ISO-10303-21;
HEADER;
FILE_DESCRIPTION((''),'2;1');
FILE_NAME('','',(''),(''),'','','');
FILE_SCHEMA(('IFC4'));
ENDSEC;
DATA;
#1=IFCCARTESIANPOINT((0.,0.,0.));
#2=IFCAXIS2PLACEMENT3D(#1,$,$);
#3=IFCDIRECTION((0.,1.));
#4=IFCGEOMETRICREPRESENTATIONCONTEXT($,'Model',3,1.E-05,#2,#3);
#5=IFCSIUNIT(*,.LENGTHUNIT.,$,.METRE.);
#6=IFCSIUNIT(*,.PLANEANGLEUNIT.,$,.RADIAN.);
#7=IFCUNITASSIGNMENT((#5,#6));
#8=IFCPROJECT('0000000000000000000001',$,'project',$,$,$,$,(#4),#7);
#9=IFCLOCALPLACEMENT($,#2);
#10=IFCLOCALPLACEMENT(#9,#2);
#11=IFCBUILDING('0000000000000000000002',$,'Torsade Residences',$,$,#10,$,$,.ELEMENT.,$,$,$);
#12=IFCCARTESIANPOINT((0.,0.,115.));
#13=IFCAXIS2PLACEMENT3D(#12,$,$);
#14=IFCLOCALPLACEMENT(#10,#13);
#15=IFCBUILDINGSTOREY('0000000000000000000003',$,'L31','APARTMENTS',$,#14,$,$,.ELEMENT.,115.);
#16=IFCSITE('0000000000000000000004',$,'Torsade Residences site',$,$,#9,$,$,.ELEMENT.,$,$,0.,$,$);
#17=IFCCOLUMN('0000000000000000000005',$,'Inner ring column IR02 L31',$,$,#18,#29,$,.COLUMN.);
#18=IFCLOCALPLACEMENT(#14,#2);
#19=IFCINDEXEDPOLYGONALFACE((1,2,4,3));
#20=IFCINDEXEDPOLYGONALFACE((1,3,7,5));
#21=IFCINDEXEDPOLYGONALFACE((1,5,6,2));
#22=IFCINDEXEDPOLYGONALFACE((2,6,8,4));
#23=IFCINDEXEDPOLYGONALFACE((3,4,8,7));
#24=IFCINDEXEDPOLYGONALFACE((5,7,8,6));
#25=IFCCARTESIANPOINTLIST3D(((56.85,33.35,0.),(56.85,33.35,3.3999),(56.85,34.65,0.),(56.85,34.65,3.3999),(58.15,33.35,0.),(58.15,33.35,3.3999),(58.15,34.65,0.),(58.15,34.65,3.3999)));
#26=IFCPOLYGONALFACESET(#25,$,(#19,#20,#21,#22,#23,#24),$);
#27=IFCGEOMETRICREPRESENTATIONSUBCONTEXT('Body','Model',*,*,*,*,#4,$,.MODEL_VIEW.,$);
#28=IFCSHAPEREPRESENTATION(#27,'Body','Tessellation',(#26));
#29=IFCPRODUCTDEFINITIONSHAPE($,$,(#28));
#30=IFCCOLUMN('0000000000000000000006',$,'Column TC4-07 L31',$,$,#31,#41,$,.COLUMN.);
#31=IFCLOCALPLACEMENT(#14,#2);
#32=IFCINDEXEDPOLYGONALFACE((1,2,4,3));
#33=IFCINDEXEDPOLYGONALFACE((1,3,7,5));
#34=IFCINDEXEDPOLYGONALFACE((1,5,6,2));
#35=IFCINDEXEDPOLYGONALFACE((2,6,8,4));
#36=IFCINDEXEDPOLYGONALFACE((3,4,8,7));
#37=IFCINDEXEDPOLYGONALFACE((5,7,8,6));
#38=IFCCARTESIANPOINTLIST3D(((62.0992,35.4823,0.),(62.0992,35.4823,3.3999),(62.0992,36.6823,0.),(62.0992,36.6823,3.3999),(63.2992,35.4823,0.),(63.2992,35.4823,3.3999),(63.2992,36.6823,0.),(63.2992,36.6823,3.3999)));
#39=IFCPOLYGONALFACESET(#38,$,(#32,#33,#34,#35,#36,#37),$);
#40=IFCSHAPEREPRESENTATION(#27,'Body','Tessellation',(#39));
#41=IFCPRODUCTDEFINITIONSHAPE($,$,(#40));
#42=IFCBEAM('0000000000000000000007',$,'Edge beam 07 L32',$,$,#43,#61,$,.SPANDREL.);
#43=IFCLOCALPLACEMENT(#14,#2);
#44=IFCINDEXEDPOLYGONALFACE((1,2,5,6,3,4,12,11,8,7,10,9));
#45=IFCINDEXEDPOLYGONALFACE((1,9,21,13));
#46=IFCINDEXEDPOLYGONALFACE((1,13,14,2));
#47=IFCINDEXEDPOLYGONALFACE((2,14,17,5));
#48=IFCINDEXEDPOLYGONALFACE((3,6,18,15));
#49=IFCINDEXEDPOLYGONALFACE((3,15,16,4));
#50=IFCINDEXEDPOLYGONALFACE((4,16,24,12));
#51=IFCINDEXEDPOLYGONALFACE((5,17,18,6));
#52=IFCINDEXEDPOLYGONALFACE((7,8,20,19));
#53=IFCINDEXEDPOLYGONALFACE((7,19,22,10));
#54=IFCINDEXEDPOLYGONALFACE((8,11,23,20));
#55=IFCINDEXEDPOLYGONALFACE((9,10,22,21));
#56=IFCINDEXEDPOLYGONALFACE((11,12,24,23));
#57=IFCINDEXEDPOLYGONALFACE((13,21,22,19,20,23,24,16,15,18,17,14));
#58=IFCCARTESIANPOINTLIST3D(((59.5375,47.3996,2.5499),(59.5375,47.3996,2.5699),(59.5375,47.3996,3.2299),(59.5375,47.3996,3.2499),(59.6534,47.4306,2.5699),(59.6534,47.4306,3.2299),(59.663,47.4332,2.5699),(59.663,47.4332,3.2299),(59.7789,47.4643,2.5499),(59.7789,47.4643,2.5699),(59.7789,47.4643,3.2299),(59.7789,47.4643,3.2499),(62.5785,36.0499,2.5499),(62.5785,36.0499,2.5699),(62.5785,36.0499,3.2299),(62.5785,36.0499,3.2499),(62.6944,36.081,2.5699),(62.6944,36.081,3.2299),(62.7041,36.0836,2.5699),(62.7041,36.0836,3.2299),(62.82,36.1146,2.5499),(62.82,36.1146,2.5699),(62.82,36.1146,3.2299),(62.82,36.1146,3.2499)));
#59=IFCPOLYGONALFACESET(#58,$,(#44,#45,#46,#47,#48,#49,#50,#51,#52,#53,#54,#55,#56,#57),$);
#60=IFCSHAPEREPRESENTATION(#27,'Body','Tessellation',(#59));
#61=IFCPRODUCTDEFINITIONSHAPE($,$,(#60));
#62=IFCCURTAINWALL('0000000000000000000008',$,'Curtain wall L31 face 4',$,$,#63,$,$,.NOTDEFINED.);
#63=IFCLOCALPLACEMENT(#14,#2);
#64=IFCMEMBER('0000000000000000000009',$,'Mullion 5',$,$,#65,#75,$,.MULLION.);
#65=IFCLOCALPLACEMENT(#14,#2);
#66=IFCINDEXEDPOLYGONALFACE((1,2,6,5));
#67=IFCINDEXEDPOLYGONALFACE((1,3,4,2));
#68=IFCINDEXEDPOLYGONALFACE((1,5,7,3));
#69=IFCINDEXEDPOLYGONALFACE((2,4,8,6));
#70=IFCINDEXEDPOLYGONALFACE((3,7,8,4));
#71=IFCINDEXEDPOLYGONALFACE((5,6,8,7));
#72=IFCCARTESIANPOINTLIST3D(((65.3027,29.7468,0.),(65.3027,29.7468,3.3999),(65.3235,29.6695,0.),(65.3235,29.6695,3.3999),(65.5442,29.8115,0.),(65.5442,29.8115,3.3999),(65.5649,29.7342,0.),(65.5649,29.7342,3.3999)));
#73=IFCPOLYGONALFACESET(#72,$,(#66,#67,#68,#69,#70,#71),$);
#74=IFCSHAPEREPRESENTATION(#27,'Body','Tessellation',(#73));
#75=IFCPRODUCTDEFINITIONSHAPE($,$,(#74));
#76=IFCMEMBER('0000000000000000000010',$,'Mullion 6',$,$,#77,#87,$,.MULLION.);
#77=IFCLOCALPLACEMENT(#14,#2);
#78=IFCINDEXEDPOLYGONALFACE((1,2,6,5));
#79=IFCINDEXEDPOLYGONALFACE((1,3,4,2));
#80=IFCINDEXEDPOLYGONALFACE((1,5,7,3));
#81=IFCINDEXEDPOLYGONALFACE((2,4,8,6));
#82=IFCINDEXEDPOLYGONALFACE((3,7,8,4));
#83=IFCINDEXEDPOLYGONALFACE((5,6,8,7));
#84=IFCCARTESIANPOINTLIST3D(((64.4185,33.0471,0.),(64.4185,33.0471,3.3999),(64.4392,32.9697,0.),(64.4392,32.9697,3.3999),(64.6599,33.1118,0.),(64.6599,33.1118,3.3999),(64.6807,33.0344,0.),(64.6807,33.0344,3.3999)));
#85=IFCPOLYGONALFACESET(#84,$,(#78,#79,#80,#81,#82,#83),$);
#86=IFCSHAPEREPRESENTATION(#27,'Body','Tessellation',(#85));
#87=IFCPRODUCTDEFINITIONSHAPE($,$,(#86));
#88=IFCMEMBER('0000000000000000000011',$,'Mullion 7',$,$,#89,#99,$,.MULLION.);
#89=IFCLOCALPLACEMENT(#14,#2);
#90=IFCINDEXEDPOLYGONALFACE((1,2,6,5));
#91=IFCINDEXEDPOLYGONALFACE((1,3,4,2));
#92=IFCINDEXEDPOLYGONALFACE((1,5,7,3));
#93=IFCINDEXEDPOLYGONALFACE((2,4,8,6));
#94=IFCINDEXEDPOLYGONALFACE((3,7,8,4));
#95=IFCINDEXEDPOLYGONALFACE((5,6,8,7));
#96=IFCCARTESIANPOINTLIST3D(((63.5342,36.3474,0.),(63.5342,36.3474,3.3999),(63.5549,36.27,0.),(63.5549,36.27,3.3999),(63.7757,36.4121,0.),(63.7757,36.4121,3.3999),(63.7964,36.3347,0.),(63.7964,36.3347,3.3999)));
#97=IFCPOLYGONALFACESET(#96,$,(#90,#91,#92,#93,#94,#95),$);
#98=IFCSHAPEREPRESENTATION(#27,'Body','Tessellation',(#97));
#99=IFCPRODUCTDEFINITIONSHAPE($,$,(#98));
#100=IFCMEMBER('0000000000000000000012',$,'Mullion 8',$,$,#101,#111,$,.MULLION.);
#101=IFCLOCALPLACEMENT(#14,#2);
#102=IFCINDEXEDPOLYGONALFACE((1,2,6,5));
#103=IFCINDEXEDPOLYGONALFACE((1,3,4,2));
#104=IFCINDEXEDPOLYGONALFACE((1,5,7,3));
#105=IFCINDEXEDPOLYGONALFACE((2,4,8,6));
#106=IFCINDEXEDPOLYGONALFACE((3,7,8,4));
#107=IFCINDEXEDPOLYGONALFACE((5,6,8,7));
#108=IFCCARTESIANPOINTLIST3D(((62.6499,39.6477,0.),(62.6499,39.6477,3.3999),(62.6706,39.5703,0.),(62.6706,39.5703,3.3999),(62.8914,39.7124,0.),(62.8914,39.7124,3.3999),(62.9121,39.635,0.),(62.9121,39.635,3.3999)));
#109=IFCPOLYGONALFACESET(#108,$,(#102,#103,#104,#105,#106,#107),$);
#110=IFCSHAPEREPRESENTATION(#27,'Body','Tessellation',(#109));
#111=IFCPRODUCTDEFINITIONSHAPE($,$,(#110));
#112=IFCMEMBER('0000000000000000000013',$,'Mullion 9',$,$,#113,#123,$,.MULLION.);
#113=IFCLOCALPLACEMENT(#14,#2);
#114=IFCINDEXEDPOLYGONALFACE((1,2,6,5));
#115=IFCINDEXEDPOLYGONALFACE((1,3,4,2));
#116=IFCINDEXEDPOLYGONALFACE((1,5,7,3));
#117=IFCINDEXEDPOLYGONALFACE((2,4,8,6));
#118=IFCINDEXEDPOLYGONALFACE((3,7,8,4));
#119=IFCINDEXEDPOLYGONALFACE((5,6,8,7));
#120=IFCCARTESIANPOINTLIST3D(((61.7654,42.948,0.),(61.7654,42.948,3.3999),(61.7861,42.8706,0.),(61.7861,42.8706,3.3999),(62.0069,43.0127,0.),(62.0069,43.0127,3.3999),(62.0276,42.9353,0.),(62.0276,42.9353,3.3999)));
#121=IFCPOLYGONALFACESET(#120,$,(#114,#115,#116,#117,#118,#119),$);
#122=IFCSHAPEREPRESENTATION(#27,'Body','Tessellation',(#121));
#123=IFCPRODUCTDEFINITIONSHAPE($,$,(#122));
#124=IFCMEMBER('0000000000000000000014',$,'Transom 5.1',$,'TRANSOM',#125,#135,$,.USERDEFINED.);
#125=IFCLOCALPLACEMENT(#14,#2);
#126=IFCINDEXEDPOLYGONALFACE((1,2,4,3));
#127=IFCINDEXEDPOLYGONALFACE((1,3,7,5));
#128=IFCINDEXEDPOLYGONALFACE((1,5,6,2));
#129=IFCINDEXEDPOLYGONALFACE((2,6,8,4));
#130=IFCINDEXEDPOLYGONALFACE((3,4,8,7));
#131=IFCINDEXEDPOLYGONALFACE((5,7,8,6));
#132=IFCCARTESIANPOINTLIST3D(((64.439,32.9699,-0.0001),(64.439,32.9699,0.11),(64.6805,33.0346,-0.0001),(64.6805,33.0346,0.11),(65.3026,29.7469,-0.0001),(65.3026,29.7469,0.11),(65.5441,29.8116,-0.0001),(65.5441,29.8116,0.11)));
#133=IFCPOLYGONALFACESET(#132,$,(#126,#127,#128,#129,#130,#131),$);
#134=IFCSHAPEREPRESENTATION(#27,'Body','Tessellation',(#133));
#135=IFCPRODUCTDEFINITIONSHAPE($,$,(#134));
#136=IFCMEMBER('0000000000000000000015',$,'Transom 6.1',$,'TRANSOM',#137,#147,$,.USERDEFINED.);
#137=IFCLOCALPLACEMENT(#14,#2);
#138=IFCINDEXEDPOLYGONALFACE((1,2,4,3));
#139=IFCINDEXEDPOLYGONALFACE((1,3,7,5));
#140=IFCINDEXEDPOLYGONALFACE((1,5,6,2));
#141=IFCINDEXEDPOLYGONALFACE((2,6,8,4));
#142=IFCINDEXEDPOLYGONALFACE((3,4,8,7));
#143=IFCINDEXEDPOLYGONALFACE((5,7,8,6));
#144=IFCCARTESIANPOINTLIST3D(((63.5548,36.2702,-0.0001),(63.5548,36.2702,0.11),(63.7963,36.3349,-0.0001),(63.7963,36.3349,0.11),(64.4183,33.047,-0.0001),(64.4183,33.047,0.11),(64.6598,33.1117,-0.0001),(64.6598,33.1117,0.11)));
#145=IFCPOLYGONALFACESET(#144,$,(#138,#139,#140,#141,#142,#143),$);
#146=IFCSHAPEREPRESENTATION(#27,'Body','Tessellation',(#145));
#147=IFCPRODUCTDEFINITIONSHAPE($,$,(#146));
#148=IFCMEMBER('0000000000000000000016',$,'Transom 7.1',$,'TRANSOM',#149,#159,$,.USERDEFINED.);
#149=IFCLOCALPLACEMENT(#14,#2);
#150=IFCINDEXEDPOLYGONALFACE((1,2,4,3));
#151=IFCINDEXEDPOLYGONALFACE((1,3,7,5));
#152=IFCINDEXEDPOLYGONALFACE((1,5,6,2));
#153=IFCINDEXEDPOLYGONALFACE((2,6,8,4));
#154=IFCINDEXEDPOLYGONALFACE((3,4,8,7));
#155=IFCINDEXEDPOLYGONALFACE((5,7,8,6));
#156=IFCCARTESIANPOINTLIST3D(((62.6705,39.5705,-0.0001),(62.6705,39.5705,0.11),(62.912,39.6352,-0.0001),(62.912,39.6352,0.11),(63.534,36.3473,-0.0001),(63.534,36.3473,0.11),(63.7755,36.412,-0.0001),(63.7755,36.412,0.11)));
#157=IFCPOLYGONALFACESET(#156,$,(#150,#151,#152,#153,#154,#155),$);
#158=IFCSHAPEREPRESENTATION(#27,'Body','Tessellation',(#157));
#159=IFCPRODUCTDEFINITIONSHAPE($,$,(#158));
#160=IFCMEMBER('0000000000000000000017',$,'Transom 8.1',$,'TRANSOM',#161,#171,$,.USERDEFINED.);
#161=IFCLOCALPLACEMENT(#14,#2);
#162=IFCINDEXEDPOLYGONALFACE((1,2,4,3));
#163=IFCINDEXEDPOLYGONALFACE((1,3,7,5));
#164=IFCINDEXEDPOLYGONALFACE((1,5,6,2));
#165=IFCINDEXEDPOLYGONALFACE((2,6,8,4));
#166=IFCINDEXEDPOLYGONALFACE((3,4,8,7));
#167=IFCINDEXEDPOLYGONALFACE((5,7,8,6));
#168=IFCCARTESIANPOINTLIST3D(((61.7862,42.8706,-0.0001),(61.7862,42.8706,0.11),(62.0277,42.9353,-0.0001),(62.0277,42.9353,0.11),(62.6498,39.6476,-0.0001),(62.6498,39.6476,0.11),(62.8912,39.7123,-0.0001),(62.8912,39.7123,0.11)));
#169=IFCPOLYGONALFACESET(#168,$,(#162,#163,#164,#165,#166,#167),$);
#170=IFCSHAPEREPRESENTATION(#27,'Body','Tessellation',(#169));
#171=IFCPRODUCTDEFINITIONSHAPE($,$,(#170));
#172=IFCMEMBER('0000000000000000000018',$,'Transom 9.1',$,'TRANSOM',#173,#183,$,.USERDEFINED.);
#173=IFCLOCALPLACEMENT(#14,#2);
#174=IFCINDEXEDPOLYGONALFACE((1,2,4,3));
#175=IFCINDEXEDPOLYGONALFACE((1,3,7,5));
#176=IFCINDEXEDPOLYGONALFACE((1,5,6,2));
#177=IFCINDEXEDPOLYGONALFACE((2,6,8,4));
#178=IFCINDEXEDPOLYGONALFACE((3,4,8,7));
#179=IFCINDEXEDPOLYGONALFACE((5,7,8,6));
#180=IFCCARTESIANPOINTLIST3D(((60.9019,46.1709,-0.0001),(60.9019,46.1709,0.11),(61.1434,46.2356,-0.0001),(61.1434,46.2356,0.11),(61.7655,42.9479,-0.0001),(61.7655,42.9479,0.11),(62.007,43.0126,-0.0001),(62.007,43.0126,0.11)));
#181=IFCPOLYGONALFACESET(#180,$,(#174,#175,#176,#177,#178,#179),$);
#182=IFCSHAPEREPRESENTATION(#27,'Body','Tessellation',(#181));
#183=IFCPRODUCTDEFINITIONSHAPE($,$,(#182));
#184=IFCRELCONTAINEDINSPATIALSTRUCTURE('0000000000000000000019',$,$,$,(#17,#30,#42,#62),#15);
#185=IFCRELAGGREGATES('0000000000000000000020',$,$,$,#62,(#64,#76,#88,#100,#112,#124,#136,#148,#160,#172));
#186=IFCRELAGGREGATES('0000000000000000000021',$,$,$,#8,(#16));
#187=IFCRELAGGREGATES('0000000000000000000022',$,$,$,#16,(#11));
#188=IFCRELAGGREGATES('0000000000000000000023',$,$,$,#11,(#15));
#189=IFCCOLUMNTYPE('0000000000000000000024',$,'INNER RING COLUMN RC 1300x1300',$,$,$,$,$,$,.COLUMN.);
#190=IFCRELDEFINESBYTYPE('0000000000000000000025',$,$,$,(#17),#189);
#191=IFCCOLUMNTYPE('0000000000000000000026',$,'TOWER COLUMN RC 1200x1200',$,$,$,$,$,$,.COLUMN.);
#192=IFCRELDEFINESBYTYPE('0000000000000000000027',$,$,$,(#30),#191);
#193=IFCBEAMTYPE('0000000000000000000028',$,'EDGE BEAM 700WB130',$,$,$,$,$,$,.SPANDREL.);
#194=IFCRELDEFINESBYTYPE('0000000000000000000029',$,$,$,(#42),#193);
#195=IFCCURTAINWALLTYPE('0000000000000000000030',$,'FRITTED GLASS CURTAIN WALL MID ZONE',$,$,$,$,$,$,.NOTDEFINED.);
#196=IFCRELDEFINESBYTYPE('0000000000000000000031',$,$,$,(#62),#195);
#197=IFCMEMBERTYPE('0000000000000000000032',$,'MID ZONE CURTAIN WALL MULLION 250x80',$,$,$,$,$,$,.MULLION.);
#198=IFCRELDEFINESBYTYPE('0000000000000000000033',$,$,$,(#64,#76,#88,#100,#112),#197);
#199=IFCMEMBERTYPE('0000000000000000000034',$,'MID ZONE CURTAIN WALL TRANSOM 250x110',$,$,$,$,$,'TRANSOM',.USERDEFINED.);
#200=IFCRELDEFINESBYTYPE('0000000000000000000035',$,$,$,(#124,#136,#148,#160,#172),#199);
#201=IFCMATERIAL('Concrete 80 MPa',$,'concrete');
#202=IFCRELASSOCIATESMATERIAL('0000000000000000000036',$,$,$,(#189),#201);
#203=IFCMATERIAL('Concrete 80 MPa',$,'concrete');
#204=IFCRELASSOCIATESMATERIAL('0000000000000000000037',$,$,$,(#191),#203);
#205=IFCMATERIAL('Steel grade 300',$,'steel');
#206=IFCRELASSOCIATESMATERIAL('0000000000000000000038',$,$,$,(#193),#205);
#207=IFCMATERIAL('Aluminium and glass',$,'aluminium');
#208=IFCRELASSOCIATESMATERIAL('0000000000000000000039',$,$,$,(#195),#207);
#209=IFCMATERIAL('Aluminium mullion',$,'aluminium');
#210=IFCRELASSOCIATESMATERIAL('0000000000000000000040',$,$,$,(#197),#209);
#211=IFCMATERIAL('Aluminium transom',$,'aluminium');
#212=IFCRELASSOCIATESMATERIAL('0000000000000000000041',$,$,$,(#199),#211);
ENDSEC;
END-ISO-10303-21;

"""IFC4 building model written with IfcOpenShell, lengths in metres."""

from ifc_helpers import new_model, si_unit, direction, frame, origin, origin_2d, place, context, subcontext, project, spatial, rectangle, i_section, extrude, material, material_profile, profile_set, type_object, element, aggregate, save


model = new_model("IFC4")

# Units and contexts
model_context = context("Model", 3, precision=1e-05, world=origin(), true_north=direction((0.0, 1.0)))
body_context = subcontext(model_context, "Body", "Model", "MODEL_VIEW")
ifc_project = project(units=[si_unit("LENGTHUNIT", "METRE"), si_unit("PLANEANGLEUNIT", "RADIAN")], contexts=[model_context])

# Site, building, storey
site_placement = place(None, origin())
site = spatial("IfcSite", under=ifc_project, at=site_placement, Name="Torsade Residences site", CompositionType="ELEMENT", RefElevation=0.0)
building_placement = place(site_placement, origin())
building = spatial("IfcBuilding", under=site, at=building_placement, Name="Torsade Residences", CompositionType="ELEMENT")
storey_placement = place(building_placement, frame((0.0, 0.0, 115.0)))
storey = spatial("IfcBuildingStorey", under=building, at=storey_placement, Name="L31", Description="APARTMENTS", CompositionType="ELEMENT", Elevation=115.0)

# Columns
ifc_material_1 = material(Name="Concrete 80 MPa", Category="concrete")
ifc_material_profile_1 = material_profile(ifc_material_1, rectangle(XDim=1.3, YDim=1.3, at=origin_2d()), Name="RC 1300x1300")
ifc_profile_set_1 = profile_set([ifc_material_profile_1], Name="Concrete 80 MPa")
column_type_1 = type_object("IfcColumnType", Name="INNER RING COLUMN RC 1300x1300", PredefinedType="COLUMN", material=ifc_profile_set_1)
column_1_placement = place(storey_placement, frame((57.5, 34.0, 0.0), z_axis=(0.0, 0.0, 1.0), x_axis=(1.0, 0.0, 0.0)))
element("IfcColumn", 1, at=column_1_placement, inside=storey, type_object=column_type_1, Name="Inner ring column IR02 L31", PredefinedType="COLUMN", context=body_context, shape_type="SweptSolid", body=[
    extrude(rectangle(XDim=1.3, YDim=1.3, at=origin_2d()), origin(), (0.0, 0.0, 1.0), 3.3999),
])
ifc_material_2 = material(Name="Concrete 80 MPa", Category="concrete")
ifc_material_profile_2 = material_profile(ifc_material_2, rectangle(XDim=1.2, YDim=1.2, at=origin_2d()), Name="RC 1200x1200")
ifc_profile_set_2 = profile_set([ifc_material_profile_2], Name="Concrete 80 MPa")
column_type_2 = type_object("IfcColumnType", Name="TOWER COLUMN RC 1200x1200", PredefinedType="COLUMN", material=ifc_profile_set_2)
column_2_placement = place(storey_placement, frame((62.6992, 36.0823, 0.0), z_axis=(0.0, 0.0, 1.0), x_axis=(1.0, 0.0, 0.0)))
element("IfcColumn", 2, at=column_2_placement, inside=storey, type_object=column_type_2, Name="Column TC4-07 L31", PredefinedType="COLUMN", context=body_context, shape_type="SweptSolid", body=[
    extrude(rectangle(XDim=1.2, YDim=1.2, at=origin_2d()), origin(), (0.0, 0.0, 1.0), 3.3999),
])

# Beam
ifc_material_3 = material(Name="Steel grade 300", Category="steel")
ifc_material_profile_3 = material_profile(ifc_material_3, i_section(OverallWidth=0.25, OverallDepth=0.7, WebThickness=0.01, FlangeThickness=0.02, at=origin_2d()), Name="700WB130")
ifc_profile_set_3 = profile_set([ifc_material_profile_3], Name="Steel grade 300")
beam_type_1 = type_object("IfcBeamType", Name="EDGE BEAM 700WB130", PredefinedType="SPANDREL", material=ifc_profile_set_3)
beam_1_placement = place(storey_placement, frame((62.6992, 36.0823, 2.8999), z_axis=(-0.258811, 0.965928, 0.0), x_axis=(-0.965928, -0.258811, 0.0)))
element("IfcBeam", 3, at=beam_1_placement, inside=storey, type_object=beam_type_1, Name="Edge beam 07 L32", PredefinedType="SPANDREL", context=body_context, shape_type="SweptSolid", body=[
    extrude(i_section(OverallWidth=0.25, OverallDepth=0.7, WebThickness=0.01, FlangeThickness=0.02, at=origin_2d()), origin(), (0.0, 0.0, 1.0), 11.75),
])

# Curtain wall, members
ifc_material_4 = material(Name="Aluminium and glass", Category="aluminium")
curtain_wall_type = type_object("IfcCurtainWallType", Name="FRITTED GLASS CURTAIN WALL MID ZONE", PredefinedType="NOTDEFINED", material=ifc_material_4)
curtain_wall_placement = place(storey_placement, origin())
curtain_wall = element("IfcCurtainWall", 4, at=curtain_wall_placement, inside=storey, type_object=curtain_wall_type, Name="Curtain wall L31 face 4", PredefinedType="NOTDEFINED")
ifc_material_5 = material(Name="Aluminium mullion", Category="aluminium")
ifc_material_profile_4 = material_profile(ifc_material_5, rectangle(XDim=0.25, YDim=0.0801, at=origin_2d()), Name="MID ZONE CURTAIN WALL MULLION 250x80")
ifc_profile_set_4 = profile_set([ifc_material_profile_4], Name="Aluminium mullion")
member_type_1 = type_object("IfcMemberType", Name="MID ZONE CURTAIN WALL MULLION 250x80", PredefinedType="MULLION", material=ifc_profile_set_4)
member_1_placement = place(storey_placement, frame((65.4338, 29.7405, 0.0), z_axis=(0.0, 0.0, 1.0), x_axis=(-0.965926, -0.258819, 0.0)))
member_1 = element("IfcMember", 5, at=member_1_placement, type_object=member_type_1, Name="Mullion 5", PredefinedType="MULLION", context=body_context, shape_type="SweptSolid", body=[
    extrude(rectangle(XDim=0.25, YDim=0.0801, at=origin_2d()), origin(), (0.0, 0.0, 1.0), 3.3999),
])
member_2_placement = place(storey_placement, frame((64.5496, 33.0408, 0.0), z_axis=(0.0, 0.0, 1.0), x_axis=(-0.965926, -0.258819, 0.0)))
member_2 = element("IfcMember", 6, at=member_2_placement, type_object=member_type_1, Name="Mullion 6", PredefinedType="MULLION", context=body_context, shape_type="SweptSolid", body=[
    extrude(rectangle(XDim=0.25, YDim=0.0801, at=origin_2d()), origin(), (0.0, 0.0, 1.0), 3.3999),
])
member_3_placement = place(storey_placement, frame((63.6653, 36.3411, 0.0), z_axis=(0.0, 0.0, 1.0), x_axis=(-0.965926, -0.258819, 0.0)))
member_3 = element("IfcMember", 7, at=member_3_placement, type_object=member_type_1, Name="Mullion 7", PredefinedType="MULLION", context=body_context, shape_type="SweptSolid", body=[
    extrude(rectangle(XDim=0.25, YDim=0.0801, at=origin_2d()), origin(), (0.0, 0.0, 1.0), 3.3999),
])
member_4_placement = place(storey_placement, frame((62.781, 39.6414, 0.0), z_axis=(0.0, 0.0, 1.0), x_axis=(-0.965926, -0.258819, 0.0)))
member_4 = element("IfcMember", 8, at=member_4_placement, type_object=member_type_1, Name="Mullion 8", PredefinedType="MULLION", context=body_context, shape_type="SweptSolid", body=[
    extrude(rectangle(XDim=0.25, YDim=0.0801, at=origin_2d()), origin(), (0.0, 0.0, 1.0), 3.3999),
])
member_5_placement = place(storey_placement, frame((61.8965, 42.9417, 0.0), z_axis=(0.0, 0.0, 1.0), x_axis=(-0.965926, -0.258819, 0.0)))
member_5 = element("IfcMember", 9, at=member_5_placement, type_object=member_type_1, Name="Mullion 9", PredefinedType="MULLION", context=body_context, shape_type="SweptSolid", body=[
    extrude(rectangle(XDim=0.25, YDim=0.0801, at=origin_2d()), origin(), (0.0, 0.0, 1.0), 3.3999),
])
ifc_material_6 = material(Name="Aluminium transom", Category="aluminium")
ifc_material_profile_5 = material_profile(ifc_material_6, rectangle(XDim=0.25, YDim=0.1101, at=origin_2d()), Name="MID ZONE CURTAIN WALL TRANSOM 250x110")
ifc_profile_set_5 = profile_set([ifc_material_profile_5], Name="Aluminium transom")
member_type_2 = type_object("IfcMemberType", Name="MID ZONE CURTAIN WALL TRANSOM 250x110", ElementType="TRANSOM", PredefinedType="USERDEFINED", material=ifc_profile_set_5)
member_6_placement = place(storey_placement, frame((65.4233, 29.7793, 0.0549), z_axis=(-0.258806, 0.965929, 0.0), x_axis=(-0.965929, -0.258806, 0.0)))
member_6 = element("IfcMember", 10, at=member_6_placement, type_object=member_type_2, Name="Transom 5.1", ObjectType="TRANSOM", PredefinedType="USERDEFINED", context=body_context, shape_type="SweptSolid", body=[
    extrude(rectangle(XDim=0.25, YDim=0.1101, at=origin_2d()), origin(), (0.0, 0.0, 1.0), 3.3367),
])
member_7_placement = place(storey_placement, frame((64.5391, 33.0793, 0.0549), z_axis=(-0.258787, 0.965934, 0.0), x_axis=(-0.965934, -0.258787, 0.0)))
member_7 = element("IfcMember", 11, at=member_7_placement, type_object=member_type_2, Name="Transom 6.1", ObjectType="TRANSOM", PredefinedType="USERDEFINED", context=body_context, shape_type="SweptSolid", body=[
    extrude(rectangle(XDim=0.25, YDim=0.1101, at=origin_2d()), origin(), (0.0, 0.0, 1.0), 3.3369),
])
member_8_placement = place(storey_placement, frame((63.6548, 36.3796, 0.0549), z_axis=(-0.258787, 0.965934, 0.0), x_axis=(-0.965934, -0.258787, 0.0)))
member_8 = element("IfcMember", 12, at=member_8_placement, type_object=member_type_2, Name="Transom 7.1", ObjectType="TRANSOM", PredefinedType="USERDEFINED", context=body_context, shape_type="SweptSolid", body=[
    extrude(rectangle(XDim=0.25, YDim=0.1101, at=origin_2d()), origin(), (0.0, 0.0, 1.0), 3.3369),
])
member_9_placement = place(storey_placement, frame((62.7705, 39.6799, 0.0549), z_axis=(-0.258806, 0.965929, 0.0), x_axis=(-0.965929, -0.258806, 0.0)))
member_9 = element("IfcMember", 13, at=member_9_placement, type_object=member_type_2, Name="Transom 8.1", ObjectType="TRANSOM", PredefinedType="USERDEFINED", context=body_context, shape_type="SweptSolid", body=[
    extrude(rectangle(XDim=0.25, YDim=0.1101, at=origin_2d()), origin(), (0.0, 0.0, 1.0), 3.3367),
])
member_10_placement = place(storey_placement, frame((61.8862, 42.9802, 0.0549), z_axis=(-0.258806, 0.965929, 0.0), x_axis=(-0.965929, -0.258806, 0.0)))
member_10 = element("IfcMember", 14, at=member_10_placement, type_object=member_type_2, Name="Transom 9.1", ObjectType="TRANSOM", PredefinedType="USERDEFINED", context=body_context, shape_type="SweptSolid", body=[
    extrude(rectangle(XDim=0.25, YDim=0.1101, at=origin_2d()), origin(), (0.0, 0.0, 1.0), 3.3367),
])

aggregate(curtain_wall, [member_1, member_2, member_3, member_4, member_5, member_6, member_7, member_8, member_9, member_10])

save(model, "model.ifc")
